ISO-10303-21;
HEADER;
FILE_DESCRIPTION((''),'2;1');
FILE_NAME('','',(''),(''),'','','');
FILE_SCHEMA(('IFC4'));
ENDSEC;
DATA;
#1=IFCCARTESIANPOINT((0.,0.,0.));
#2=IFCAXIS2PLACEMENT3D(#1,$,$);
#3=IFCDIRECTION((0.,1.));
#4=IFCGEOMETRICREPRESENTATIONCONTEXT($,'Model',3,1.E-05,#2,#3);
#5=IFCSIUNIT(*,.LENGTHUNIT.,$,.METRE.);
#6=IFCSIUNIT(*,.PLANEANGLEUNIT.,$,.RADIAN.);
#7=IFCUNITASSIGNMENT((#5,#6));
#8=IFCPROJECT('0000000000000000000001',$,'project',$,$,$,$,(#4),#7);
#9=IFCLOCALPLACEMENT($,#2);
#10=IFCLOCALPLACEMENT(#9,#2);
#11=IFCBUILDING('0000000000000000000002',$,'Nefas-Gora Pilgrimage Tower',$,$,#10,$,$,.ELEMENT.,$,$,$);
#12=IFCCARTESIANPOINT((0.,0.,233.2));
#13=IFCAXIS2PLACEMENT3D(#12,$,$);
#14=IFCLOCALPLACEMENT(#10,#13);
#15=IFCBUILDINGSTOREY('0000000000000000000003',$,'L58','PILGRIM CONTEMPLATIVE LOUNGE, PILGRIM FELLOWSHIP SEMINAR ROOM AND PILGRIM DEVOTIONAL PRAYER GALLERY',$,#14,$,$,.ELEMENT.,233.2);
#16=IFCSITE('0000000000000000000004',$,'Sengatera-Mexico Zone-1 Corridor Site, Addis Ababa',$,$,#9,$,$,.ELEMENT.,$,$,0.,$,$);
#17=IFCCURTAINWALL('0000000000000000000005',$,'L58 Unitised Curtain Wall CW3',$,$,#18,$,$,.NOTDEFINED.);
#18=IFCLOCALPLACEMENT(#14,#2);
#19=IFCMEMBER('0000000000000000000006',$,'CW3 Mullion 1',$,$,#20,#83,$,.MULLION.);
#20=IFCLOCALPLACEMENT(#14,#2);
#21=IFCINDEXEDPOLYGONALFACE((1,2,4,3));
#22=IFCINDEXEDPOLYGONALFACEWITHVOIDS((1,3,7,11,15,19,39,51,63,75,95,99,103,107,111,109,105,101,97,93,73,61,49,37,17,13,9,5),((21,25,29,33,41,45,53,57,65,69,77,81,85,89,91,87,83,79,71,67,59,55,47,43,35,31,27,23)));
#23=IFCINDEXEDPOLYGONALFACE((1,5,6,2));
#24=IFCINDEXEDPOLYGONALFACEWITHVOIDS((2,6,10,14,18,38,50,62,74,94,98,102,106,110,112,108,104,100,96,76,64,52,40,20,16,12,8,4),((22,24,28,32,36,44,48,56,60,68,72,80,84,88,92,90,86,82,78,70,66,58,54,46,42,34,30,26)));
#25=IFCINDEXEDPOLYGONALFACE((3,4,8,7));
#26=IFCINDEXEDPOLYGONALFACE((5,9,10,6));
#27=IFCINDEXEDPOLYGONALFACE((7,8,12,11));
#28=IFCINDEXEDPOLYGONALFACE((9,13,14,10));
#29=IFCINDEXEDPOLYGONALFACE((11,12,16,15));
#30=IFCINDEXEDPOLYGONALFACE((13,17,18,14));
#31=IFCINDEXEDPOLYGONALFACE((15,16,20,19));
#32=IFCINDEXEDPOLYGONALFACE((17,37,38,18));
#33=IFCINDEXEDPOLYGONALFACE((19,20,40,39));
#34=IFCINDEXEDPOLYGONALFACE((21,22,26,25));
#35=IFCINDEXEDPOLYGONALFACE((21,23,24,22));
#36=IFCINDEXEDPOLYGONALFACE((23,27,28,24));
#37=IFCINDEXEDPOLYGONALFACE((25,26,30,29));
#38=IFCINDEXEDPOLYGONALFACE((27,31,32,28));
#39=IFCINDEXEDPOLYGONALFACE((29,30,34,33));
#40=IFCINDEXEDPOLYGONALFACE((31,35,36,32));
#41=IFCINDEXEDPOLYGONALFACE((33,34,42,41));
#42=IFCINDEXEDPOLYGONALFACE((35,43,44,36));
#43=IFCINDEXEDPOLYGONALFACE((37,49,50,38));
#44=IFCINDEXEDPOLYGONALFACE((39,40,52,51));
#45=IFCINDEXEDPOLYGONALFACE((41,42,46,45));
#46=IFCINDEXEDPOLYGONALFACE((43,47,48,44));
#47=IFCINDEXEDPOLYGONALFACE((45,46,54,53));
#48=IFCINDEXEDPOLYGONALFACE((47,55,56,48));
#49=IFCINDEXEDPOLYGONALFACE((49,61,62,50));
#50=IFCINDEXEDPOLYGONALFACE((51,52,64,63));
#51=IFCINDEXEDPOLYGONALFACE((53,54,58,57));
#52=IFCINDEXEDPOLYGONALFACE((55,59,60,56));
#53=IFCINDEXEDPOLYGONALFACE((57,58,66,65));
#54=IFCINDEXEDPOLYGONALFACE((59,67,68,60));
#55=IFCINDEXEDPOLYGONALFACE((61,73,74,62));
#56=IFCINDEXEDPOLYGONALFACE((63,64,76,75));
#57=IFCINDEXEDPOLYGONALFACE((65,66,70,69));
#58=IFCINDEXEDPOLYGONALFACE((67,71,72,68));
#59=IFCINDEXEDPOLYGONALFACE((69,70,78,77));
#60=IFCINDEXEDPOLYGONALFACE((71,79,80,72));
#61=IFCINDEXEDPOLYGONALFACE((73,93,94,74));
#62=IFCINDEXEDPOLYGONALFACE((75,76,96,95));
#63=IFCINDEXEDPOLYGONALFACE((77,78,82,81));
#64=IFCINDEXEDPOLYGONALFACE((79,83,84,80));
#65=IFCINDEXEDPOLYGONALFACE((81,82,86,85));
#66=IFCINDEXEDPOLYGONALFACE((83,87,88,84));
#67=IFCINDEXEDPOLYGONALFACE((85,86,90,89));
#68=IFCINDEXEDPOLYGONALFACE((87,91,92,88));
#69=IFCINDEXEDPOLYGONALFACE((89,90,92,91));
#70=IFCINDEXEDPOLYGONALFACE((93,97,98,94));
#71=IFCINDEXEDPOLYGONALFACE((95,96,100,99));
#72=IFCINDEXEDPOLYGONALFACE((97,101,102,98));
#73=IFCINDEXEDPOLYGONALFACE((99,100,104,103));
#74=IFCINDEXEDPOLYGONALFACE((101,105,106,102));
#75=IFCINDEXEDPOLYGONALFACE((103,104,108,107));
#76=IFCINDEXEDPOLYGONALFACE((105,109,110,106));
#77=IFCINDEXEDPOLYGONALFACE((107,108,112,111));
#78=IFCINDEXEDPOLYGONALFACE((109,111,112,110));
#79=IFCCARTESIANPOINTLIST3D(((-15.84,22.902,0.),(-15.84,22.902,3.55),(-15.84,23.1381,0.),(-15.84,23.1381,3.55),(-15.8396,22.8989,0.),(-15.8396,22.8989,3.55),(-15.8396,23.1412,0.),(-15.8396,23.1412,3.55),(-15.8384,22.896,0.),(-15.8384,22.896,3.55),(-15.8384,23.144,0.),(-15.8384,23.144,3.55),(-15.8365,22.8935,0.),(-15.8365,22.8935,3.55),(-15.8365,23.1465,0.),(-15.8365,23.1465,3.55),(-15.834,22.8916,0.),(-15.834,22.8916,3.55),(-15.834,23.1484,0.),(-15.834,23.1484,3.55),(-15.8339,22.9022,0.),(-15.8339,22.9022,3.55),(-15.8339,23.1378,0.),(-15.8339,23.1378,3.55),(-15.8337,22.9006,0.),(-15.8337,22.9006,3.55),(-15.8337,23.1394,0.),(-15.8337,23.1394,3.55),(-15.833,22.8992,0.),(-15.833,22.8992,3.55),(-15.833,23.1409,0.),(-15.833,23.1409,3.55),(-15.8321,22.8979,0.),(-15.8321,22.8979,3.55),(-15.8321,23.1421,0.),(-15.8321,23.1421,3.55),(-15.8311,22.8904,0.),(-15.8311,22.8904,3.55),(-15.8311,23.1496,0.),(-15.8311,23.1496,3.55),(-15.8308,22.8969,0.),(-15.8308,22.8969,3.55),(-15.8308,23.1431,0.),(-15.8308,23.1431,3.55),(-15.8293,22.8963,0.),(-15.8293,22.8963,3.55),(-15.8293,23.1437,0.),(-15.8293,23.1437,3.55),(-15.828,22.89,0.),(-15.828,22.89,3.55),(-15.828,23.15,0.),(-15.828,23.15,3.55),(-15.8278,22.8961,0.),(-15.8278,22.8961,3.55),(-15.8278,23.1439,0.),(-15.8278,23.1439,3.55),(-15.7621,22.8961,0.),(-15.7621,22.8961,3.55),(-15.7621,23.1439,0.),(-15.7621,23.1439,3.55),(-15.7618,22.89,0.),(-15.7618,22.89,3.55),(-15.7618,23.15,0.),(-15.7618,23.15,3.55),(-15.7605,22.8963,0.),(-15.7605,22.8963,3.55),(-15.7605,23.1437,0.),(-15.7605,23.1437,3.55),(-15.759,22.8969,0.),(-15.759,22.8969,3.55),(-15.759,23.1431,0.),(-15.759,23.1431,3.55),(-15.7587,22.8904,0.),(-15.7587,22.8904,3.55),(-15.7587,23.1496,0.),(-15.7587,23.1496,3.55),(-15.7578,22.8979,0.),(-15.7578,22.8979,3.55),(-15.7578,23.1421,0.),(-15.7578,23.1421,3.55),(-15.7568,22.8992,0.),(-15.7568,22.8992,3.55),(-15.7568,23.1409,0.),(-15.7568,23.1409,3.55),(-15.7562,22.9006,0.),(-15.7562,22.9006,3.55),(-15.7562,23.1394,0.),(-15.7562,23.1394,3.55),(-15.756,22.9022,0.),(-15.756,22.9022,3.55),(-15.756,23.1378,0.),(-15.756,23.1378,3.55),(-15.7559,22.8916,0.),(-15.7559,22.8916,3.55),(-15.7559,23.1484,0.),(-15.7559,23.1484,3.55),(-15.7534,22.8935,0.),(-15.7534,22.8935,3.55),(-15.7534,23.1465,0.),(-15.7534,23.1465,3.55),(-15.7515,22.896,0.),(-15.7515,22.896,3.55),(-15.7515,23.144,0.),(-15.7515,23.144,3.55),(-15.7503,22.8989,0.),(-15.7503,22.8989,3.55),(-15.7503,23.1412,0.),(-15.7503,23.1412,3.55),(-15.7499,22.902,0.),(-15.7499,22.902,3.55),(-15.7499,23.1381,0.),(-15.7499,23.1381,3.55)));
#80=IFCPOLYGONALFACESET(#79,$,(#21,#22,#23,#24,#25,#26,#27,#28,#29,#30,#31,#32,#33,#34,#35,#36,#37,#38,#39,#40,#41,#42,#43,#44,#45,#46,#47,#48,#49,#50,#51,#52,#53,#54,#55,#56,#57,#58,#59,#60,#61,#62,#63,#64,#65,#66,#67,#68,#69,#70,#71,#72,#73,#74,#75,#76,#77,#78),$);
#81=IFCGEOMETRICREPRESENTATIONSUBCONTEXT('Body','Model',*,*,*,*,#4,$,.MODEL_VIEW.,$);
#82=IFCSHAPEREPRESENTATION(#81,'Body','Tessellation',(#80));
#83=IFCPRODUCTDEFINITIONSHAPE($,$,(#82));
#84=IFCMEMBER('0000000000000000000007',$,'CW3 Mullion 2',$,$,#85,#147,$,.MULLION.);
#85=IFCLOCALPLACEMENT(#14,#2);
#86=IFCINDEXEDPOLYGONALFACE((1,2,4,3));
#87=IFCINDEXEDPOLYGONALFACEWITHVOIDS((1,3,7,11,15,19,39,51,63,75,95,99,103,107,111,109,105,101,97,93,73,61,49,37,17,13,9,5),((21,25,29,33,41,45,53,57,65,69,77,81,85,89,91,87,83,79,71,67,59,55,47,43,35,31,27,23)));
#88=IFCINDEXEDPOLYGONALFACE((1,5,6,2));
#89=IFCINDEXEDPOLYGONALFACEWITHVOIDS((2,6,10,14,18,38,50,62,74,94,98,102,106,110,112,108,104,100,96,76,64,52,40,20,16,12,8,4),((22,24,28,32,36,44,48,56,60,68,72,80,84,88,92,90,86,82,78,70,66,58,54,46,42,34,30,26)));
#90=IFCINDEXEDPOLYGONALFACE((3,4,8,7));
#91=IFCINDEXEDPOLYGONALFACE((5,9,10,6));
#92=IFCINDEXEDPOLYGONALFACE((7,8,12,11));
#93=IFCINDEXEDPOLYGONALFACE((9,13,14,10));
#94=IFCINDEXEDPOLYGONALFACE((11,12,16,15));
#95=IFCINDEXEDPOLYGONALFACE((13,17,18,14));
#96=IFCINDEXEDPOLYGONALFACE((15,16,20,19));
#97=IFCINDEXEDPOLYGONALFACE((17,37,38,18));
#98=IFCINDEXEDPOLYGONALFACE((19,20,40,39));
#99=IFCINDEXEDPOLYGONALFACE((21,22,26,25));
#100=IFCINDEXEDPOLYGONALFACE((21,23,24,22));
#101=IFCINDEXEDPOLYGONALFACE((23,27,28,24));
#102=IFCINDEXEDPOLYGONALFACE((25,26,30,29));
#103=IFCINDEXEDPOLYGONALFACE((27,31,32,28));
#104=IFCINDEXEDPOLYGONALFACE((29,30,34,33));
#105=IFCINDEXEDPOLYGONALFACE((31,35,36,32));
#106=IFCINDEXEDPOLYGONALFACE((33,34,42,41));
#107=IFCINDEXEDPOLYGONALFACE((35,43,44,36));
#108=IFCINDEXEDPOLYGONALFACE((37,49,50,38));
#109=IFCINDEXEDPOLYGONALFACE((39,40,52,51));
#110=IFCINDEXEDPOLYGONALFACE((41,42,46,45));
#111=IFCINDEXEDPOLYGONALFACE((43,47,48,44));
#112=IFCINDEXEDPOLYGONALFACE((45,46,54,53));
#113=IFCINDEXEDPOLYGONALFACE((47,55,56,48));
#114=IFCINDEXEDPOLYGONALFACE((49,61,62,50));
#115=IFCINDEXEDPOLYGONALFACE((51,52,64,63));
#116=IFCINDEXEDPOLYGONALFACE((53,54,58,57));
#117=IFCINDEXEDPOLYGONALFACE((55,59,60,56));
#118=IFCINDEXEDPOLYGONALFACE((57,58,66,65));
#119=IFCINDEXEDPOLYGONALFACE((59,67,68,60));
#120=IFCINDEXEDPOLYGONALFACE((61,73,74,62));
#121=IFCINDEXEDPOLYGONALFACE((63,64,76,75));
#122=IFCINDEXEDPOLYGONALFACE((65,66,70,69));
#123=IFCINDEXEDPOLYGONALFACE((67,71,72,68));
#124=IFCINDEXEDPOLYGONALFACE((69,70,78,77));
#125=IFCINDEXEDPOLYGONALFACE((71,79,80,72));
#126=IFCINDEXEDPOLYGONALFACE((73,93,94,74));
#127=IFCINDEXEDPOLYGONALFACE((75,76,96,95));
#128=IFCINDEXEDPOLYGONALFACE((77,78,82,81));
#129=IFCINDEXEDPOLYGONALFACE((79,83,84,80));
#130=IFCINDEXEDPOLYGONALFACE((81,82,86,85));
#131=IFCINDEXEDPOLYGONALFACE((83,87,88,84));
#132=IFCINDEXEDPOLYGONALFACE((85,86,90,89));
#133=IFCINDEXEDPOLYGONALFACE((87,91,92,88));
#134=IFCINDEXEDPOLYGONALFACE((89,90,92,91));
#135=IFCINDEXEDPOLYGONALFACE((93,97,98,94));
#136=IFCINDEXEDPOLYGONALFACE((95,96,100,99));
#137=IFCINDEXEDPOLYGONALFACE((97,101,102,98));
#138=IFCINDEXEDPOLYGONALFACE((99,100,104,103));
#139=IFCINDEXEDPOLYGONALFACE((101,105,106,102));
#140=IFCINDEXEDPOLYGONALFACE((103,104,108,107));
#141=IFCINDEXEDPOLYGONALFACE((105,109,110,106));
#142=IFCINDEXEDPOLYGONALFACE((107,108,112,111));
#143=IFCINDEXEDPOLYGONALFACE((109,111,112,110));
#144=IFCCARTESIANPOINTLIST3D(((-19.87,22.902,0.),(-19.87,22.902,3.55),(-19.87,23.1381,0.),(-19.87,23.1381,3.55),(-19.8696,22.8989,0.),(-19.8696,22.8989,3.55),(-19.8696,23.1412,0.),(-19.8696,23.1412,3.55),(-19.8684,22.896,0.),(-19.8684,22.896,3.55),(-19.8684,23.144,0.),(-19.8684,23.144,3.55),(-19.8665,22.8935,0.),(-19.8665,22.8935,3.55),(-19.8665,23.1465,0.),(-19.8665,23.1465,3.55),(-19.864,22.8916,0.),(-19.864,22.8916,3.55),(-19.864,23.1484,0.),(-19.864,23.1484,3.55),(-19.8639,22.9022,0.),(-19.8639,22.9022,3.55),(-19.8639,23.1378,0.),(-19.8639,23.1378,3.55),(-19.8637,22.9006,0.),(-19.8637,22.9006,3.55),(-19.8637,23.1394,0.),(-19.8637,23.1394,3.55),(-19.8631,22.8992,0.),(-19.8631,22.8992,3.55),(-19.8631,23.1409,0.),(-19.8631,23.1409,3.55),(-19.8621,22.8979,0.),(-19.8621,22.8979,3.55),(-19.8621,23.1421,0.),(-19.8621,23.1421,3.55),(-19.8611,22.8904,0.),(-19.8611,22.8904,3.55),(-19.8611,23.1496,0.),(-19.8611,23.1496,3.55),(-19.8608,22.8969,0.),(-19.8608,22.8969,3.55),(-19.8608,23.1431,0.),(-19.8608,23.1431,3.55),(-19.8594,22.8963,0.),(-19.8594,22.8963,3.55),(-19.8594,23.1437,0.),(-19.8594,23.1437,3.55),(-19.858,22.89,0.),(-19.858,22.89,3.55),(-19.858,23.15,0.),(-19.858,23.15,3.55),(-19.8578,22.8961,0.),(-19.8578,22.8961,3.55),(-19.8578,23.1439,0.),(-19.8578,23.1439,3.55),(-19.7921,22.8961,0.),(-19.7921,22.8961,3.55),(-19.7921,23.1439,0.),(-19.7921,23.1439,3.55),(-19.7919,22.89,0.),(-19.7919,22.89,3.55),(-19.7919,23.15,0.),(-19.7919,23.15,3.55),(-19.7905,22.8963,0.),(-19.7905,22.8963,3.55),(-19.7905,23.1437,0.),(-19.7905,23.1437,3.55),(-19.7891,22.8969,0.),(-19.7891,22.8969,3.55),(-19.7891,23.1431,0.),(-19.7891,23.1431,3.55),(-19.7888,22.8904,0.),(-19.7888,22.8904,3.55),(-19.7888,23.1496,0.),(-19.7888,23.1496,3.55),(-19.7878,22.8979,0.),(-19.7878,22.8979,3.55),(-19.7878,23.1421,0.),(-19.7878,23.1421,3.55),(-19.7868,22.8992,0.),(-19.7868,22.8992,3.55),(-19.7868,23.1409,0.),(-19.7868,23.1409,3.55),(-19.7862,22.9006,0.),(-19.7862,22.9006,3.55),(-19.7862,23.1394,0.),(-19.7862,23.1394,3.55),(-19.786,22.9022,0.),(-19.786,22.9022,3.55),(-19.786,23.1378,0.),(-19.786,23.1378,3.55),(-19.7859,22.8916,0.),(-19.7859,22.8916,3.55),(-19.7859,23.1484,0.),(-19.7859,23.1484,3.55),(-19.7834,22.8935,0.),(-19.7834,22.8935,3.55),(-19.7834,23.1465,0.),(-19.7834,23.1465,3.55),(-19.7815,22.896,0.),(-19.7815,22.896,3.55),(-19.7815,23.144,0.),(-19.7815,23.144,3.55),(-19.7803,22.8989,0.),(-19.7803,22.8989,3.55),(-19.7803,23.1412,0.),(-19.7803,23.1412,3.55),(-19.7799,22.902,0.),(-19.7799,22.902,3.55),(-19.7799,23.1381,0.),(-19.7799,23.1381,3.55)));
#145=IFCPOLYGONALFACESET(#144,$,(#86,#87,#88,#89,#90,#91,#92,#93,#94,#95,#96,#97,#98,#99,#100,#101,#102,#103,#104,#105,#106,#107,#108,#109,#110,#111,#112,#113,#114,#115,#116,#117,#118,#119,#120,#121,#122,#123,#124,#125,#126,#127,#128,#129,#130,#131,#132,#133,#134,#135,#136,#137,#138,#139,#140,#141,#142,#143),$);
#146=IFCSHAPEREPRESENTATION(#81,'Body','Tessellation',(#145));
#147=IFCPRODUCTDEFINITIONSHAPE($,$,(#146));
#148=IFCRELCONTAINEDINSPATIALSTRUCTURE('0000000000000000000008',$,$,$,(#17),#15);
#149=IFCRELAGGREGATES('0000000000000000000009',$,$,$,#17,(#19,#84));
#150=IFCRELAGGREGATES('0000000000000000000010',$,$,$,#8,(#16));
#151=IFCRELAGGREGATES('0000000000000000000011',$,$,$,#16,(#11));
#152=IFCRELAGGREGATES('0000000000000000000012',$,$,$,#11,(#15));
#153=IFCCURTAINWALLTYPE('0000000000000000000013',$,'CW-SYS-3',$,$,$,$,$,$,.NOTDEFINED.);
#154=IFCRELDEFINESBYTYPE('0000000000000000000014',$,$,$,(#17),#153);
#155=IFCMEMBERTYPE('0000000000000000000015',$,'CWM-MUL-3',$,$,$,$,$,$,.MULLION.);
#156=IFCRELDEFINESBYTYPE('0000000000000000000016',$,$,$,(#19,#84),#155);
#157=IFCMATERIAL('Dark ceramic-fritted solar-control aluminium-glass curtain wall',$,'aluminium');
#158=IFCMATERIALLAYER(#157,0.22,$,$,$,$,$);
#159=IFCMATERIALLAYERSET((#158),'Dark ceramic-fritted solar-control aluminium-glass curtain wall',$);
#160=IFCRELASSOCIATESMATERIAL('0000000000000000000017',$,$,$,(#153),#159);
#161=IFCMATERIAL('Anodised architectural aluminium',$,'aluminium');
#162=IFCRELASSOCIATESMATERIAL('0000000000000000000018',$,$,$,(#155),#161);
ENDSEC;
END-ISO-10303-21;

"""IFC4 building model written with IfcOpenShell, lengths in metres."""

from ifc_helpers import new_model, si_unit, direction, frame, origin, origin_2d, place, context, subcontext, project, spatial, hollow_rectangle, extrude, source, transform, mapped, material, layer, layer_set, material_profile, profile_set, type_object, element, aggregate, save


model = new_model("IFC4")

# Units and contexts
model_context = context("Model", 3, precision=1e-05, world=origin(), true_north=direction((0.0, 1.0)))
body_context = subcontext(model_context, "Body", "Model", "MODEL_VIEW")
ifc_project = project(units=[si_unit("LENGTHUNIT", "METRE"), si_unit("PLANEANGLEUNIT", "RADIAN")], contexts=[model_context])

# Site, building, storey
site_placement = place(None, origin())
site = spatial("IfcSite", under=ifc_project, at=site_placement, Name="Sengatera-Mexico Zone-1 Corridor Site, Addis Ababa", CompositionType="ELEMENT", RefElevation=0.0)
building_placement = place(site_placement, origin())
building = spatial("IfcBuilding", under=site, at=building_placement, Name="Nefas-Gora Pilgrimage Tower", CompositionType="ELEMENT")
storey_placement = place(building_placement, frame((0.0, 0.0, 233.2)))
storey = spatial("IfcBuildingStorey", under=building, at=storey_placement, Name="L58", Description="PILGRIM CONTEMPLATIVE LOUNGE, PILGRIM FELLOWSHIP SEMINAR ROOM AND PILGRIM DEVOTIONAL PRAYER GALLERY", CompositionType="ELEMENT", Elevation=233.2)

# Curtain wall, members
ifc_material_1 = material(Name="Dark ceramic-fritted solar-control aluminium-glass curtain wall", Category="aluminium")
ifc_material_2 = material(Name="Anodised architectural aluminium", Category="aluminium")
ifc_layer_1 = layer(ifc_material_1, 0.22)
ifc_layer_set_1 = layer_set([ifc_layer_1], Name="Dark ceramic-fritted solar-control aluminium-glass curtain wall")
curtain_wall_type_1 = type_object("IfcCurtainWallType", Name="CW-SYS-3", PredefinedType="NOTDEFINED", material=ifc_layer_set_1)
curtain_wall_1_placement = place(storey_placement, origin())
curtain_wall_1 = element("IfcCurtainWall", 1, at=curtain_wall_1_placement, inside=storey, type_object=curtain_wall_type_1, Name="L58 Unitised Curtain Wall CW3", PredefinedType="NOTDEFINED")
ifc_material_profile_1 = material_profile(ifc_material_2, hollow_rectangle(XDim=0.0901, YDim=0.26, WallThickness=0.0061, InnerFilletRadius=0.0061, OuterFilletRadius=0.012, at=origin_2d()), Name="ALU MULLION 90x260")
ifc_profile_set_1 = profile_set([ifc_material_profile_1], Name="Anodised architectural aluminium")
member_type_1 = type_object("IfcMemberType", Name="CWM-MUL-3", PredefinedType="MULLION", material=ifc_profile_set_1)
shared_shape_1 = source(origin(), body_context, "Body", "SweptSolid", [
    extrude(hollow_rectangle(XDim=0.0901, YDim=0.26, WallThickness=0.0061, InnerFilletRadius=0.0061, OuterFilletRadius=0.012, at=origin_2d()), origin(), (0.0, 0.0, 1.0), 3.55),
])
member_1_placement = place(storey_placement, frame((-15.7949, 23.02, 0.0), z_axis=(0.0, 0.0, 1.0), x_axis=(-1.0, 0.0, 0.0)))
member_1 = element("IfcMember", 2, at=member_1_placement, type_object=member_type_1, Name="CW3 Mullion 1", PredefinedType="MULLION", context=body_context, shape_type="MappedRepresentation", body=[
    mapped(shared_shape_1, transform((0.0, 0.0, 0.0), x_axis=(1.0, 0.0, 0.0), y_axis=(0.0, 1.0, 0.0), z_axis=(0.0, 0.0, 1.0), scale=1.0)),
])
member_2_placement = place(storey_placement, frame((-19.825, 23.02, 0.0), z_axis=(0.0, 0.0, 1.0), x_axis=(-1.0, 0.0, 0.0)))
member_2 = element("IfcMember", 3, at=member_2_placement, type_object=member_type_1, Name="CW3 Mullion 2", PredefinedType="MULLION", context=body_context, shape_type="MappedRepresentation", body=[
    mapped(shared_shape_1, transform((0.0, 0.0, 0.0), x_axis=(1.0, 0.0, 0.0), y_axis=(0.0, 1.0, 0.0), z_axis=(0.0, 0.0, 1.0), scale=1.0)),
])

aggregate(curtain_wall_1, [member_1, member_2])

save(model, "model.ifc")
